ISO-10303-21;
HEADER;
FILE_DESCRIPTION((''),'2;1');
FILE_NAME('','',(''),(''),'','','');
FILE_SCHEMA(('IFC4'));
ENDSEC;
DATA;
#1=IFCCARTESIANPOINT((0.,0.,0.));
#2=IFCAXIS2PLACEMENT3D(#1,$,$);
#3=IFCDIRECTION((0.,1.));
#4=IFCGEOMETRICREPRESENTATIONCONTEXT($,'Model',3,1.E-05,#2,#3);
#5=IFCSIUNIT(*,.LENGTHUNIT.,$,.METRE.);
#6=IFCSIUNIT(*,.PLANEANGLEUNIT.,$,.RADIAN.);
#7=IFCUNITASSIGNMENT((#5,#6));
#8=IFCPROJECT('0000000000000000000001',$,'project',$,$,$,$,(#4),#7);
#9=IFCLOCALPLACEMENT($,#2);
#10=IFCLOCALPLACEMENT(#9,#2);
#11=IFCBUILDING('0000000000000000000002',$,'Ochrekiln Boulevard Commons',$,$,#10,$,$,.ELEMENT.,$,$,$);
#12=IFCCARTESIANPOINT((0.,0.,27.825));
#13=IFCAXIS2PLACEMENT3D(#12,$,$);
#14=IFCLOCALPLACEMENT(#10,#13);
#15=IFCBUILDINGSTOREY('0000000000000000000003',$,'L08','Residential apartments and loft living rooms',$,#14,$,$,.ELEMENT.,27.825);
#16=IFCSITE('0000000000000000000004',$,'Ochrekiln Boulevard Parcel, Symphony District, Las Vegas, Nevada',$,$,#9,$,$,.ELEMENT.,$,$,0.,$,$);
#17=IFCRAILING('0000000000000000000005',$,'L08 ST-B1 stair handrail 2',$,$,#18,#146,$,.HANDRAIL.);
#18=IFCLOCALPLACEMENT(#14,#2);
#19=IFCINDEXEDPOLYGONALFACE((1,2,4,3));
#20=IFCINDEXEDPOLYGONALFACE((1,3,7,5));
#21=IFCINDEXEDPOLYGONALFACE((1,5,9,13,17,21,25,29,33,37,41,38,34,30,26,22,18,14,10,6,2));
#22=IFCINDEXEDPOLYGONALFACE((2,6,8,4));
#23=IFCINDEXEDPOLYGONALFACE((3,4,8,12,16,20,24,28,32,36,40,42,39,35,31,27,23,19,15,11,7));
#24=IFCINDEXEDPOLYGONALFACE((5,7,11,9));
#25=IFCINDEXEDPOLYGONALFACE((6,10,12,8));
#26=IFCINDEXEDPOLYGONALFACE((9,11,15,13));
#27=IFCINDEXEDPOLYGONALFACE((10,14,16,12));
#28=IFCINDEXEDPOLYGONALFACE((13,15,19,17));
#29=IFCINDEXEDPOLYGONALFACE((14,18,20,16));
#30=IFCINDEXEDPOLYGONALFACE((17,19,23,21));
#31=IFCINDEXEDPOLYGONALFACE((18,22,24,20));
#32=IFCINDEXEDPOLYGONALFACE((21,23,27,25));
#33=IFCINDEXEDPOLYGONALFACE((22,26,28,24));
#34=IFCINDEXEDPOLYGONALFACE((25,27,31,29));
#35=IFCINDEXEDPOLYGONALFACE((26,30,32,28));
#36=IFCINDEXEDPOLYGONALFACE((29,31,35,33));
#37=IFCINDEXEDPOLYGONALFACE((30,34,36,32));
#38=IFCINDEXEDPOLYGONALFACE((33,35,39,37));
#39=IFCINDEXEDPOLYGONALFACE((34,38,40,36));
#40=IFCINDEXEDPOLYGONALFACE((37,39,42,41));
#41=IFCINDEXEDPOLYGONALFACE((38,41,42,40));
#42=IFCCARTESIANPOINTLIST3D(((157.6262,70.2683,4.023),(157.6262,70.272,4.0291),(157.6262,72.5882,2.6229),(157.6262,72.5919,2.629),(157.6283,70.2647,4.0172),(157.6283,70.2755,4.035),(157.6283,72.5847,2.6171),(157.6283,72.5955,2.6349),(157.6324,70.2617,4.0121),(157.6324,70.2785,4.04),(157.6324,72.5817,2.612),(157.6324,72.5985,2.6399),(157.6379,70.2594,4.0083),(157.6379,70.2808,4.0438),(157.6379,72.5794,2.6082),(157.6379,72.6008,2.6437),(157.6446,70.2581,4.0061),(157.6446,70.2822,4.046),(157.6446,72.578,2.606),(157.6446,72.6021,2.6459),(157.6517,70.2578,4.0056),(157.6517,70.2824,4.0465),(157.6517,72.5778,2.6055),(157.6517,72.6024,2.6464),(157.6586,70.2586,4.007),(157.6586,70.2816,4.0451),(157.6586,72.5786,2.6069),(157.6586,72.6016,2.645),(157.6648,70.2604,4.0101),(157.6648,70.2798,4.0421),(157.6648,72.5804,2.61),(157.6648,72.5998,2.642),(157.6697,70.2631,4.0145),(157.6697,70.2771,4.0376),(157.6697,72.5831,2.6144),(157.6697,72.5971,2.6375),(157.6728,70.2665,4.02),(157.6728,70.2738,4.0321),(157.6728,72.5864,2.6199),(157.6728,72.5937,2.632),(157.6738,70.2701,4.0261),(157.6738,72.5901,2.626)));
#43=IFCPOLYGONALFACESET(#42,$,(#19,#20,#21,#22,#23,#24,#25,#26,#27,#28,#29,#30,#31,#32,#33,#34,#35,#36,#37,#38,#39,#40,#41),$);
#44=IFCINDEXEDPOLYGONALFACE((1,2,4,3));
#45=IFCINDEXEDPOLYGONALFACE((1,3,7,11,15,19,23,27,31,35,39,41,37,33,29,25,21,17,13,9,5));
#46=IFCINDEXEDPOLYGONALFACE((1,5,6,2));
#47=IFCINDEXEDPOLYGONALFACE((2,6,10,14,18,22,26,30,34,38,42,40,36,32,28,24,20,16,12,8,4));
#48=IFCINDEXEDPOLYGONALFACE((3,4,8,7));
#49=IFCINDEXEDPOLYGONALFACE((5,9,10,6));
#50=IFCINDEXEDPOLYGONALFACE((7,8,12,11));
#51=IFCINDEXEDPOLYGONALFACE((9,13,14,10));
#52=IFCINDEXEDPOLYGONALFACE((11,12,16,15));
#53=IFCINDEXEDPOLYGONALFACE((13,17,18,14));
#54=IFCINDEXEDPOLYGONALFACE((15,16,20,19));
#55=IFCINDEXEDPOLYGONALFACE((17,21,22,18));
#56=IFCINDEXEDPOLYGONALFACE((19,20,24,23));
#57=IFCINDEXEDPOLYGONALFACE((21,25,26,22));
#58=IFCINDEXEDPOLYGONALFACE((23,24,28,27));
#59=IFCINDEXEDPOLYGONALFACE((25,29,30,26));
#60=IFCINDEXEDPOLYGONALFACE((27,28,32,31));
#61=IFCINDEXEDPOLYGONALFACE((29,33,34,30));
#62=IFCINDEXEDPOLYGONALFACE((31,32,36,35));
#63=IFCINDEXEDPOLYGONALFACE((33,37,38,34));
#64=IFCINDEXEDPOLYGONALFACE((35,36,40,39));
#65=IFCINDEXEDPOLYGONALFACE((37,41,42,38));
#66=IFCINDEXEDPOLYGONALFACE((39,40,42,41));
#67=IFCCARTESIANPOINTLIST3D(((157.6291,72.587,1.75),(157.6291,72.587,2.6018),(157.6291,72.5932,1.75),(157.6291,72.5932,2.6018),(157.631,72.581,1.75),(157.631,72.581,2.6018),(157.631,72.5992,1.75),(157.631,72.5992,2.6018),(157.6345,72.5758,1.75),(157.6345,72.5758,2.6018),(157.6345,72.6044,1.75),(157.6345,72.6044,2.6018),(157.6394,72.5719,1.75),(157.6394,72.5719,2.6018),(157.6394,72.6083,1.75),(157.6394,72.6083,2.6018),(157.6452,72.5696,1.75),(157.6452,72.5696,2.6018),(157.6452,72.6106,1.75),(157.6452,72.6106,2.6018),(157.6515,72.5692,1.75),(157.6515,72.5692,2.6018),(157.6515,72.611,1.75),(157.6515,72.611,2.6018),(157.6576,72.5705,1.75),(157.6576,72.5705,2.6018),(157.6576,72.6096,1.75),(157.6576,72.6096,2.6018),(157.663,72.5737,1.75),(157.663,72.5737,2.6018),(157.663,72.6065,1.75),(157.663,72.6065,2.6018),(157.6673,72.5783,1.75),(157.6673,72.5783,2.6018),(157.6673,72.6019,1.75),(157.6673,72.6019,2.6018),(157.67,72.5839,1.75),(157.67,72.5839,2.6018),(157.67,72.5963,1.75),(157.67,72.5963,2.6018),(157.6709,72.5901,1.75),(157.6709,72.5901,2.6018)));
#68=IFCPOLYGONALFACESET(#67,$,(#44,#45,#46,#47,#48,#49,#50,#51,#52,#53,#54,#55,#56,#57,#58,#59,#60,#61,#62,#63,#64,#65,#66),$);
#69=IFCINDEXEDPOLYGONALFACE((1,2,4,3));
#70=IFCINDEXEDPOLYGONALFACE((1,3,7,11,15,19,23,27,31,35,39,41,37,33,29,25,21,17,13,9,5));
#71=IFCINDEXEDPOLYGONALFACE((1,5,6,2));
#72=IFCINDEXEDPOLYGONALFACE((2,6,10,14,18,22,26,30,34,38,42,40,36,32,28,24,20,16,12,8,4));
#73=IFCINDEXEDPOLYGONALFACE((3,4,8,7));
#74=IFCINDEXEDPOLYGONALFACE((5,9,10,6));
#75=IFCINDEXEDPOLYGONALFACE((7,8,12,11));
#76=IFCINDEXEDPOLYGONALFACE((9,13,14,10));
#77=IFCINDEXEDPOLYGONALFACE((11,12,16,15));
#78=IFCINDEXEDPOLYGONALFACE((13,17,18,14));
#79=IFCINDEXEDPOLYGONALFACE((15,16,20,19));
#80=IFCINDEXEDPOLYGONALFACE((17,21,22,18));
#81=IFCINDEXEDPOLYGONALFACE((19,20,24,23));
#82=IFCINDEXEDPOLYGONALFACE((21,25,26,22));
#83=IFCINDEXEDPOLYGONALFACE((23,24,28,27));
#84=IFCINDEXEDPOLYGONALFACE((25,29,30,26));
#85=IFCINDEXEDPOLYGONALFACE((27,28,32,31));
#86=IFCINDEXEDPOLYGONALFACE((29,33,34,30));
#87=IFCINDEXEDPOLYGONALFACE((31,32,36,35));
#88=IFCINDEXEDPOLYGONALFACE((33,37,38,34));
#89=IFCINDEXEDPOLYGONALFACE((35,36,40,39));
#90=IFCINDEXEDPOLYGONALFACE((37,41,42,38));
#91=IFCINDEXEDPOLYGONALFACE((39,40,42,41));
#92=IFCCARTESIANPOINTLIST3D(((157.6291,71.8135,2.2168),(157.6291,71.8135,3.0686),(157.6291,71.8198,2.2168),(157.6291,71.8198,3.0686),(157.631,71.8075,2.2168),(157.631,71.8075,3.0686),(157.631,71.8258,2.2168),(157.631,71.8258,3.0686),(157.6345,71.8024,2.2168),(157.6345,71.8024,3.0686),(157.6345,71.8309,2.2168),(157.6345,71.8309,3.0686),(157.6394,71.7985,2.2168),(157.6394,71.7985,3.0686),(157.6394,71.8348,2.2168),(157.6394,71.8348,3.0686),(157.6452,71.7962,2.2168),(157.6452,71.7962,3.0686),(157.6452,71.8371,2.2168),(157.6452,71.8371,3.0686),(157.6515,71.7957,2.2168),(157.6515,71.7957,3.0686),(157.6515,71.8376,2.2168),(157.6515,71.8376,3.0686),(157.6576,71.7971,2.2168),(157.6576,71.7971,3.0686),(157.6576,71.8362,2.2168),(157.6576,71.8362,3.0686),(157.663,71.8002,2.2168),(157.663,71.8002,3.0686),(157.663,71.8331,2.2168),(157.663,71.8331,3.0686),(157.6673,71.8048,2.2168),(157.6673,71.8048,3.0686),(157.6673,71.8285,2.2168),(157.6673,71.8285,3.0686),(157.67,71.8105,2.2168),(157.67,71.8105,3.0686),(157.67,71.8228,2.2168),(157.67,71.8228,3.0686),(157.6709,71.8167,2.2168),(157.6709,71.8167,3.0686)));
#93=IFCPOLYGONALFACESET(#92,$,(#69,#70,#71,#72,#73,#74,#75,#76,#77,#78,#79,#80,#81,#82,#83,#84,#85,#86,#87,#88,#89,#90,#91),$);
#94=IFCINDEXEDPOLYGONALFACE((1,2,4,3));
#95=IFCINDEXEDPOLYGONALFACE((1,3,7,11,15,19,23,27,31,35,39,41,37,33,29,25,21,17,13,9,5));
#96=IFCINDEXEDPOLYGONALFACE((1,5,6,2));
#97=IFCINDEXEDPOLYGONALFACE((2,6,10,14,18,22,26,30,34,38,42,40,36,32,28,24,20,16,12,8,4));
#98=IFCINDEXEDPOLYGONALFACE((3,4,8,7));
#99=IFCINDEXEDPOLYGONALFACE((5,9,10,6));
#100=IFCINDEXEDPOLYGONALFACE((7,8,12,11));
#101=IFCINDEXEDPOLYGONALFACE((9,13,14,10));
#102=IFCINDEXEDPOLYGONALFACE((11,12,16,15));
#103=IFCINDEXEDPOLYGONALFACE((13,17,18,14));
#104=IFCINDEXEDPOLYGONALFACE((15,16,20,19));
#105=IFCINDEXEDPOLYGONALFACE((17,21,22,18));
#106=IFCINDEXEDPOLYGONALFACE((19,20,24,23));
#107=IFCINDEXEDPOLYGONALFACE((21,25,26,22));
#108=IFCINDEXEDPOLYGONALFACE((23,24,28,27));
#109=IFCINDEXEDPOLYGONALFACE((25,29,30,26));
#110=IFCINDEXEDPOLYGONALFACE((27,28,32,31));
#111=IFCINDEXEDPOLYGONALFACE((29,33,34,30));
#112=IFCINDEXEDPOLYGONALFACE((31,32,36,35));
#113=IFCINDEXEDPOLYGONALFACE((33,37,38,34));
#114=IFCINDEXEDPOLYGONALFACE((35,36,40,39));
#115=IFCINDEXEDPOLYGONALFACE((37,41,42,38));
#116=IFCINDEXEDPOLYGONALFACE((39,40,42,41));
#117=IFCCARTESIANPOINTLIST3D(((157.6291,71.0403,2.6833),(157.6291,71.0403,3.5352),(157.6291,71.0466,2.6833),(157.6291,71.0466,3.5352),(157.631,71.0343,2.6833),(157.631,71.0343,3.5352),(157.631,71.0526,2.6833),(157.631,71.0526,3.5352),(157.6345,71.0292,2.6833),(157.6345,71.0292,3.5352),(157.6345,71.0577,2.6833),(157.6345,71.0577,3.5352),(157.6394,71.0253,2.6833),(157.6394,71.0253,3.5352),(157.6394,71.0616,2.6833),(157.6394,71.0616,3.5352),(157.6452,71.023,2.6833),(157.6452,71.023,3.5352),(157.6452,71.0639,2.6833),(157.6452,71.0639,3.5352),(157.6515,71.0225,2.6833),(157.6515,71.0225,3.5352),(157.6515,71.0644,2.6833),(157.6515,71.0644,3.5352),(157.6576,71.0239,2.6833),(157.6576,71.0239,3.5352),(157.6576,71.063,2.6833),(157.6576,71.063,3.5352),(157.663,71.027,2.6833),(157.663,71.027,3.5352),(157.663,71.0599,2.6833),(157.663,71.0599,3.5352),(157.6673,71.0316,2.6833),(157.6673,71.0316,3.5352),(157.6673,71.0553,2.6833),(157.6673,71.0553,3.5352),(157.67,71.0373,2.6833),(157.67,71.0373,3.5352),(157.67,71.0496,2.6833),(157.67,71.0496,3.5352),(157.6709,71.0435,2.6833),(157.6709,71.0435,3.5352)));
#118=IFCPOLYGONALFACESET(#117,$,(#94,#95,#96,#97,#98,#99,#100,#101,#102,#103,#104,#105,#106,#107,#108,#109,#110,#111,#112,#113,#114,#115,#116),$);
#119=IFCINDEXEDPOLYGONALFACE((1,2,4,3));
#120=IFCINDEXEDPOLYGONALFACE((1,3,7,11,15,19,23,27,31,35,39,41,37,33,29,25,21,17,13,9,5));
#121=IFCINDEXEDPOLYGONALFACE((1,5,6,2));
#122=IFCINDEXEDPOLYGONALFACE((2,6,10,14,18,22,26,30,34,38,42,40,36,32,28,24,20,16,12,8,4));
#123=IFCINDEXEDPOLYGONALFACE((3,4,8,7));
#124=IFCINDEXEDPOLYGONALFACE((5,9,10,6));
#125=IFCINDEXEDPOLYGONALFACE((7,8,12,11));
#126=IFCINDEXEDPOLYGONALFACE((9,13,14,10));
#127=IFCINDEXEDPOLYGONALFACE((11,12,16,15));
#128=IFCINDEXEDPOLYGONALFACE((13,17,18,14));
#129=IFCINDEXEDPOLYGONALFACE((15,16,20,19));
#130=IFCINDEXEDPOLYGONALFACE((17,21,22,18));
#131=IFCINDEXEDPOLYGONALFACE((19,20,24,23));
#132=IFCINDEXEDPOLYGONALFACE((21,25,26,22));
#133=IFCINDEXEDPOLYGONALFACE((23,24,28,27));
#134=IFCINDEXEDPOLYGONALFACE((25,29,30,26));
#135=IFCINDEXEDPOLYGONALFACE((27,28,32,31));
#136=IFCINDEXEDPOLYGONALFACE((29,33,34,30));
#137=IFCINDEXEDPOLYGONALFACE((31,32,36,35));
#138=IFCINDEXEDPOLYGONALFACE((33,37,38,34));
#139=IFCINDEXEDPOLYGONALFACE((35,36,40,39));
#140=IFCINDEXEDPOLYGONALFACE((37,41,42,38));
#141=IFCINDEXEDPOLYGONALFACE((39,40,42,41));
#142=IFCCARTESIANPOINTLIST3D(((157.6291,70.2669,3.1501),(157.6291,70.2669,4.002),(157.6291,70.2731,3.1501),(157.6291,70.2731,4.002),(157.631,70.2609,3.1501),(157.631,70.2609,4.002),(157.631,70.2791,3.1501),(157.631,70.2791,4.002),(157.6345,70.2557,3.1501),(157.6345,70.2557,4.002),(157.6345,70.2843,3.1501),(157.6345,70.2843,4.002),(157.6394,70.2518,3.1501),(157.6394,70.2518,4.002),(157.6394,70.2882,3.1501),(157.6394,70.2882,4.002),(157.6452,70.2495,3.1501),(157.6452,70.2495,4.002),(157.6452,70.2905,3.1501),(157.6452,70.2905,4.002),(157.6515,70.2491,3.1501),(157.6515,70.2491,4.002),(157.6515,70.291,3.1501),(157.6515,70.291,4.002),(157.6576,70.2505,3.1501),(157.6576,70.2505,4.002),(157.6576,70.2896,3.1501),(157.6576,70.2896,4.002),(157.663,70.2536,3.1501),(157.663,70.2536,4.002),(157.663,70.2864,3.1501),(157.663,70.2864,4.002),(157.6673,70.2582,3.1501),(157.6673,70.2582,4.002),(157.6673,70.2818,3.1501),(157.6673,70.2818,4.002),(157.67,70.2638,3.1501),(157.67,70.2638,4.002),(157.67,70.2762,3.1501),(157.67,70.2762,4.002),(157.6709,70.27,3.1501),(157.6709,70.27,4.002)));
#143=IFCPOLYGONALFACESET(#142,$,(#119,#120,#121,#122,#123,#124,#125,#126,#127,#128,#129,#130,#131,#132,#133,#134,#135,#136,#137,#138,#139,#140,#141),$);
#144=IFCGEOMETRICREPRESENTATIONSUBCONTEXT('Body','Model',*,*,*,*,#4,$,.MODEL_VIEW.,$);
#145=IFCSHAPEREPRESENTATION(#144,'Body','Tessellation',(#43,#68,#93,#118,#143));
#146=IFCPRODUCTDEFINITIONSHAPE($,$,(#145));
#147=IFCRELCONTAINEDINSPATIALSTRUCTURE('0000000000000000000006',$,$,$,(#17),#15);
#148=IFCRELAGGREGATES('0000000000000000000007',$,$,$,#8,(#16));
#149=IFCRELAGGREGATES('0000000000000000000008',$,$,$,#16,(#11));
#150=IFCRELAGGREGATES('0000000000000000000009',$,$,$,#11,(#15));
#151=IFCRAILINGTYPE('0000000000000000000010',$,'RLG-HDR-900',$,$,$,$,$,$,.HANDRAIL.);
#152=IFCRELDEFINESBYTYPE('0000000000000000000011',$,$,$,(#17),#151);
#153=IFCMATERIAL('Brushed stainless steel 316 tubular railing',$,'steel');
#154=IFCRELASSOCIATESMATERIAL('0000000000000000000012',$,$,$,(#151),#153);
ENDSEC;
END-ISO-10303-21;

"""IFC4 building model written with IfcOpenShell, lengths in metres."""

from ifc_helpers import new_model, si_unit, direction, frame, origin, origin_2d, place, context, subcontext, project, spatial, circle, extrude, material, type_object, element, save


model = new_model("IFC4")

# Units and contexts
model_context = context("Model", 3, precision=1e-05, world=origin(), true_north=direction((0.0, 1.0)))
body_context = subcontext(model_context, "Body", "Model", "MODEL_VIEW")
ifc_project = project(units=[si_unit("LENGTHUNIT", "METRE"), si_unit("PLANEANGLEUNIT", "RADIAN")], contexts=[model_context])

# Site, building, storey
site_placement = place(None, origin())
site = spatial("IfcSite", under=ifc_project, at=site_placement, Name="Ochrekiln Boulevard Parcel, Symphony District, Las Vegas, Nevada", CompositionType="ELEMENT", RefElevation=0.0)
building_placement = place(site_placement, origin())
building = spatial("IfcBuilding", under=site, at=building_placement, Name="Ochrekiln Boulevard Commons", CompositionType="ELEMENT")
storey_placement = place(building_placement, frame((0.0, 0.0, 27.825)))
storey = spatial("IfcBuildingStorey", under=building, at=storey_placement, Name="L08", Description="Residential apartments and loft living rooms", CompositionType="ELEMENT", Elevation=27.825)

# Railing
ifc_material_1 = material(Name="Brushed stainless steel 316 tubular railing", Category="steel")
railing_type_1 = type_object("IfcRailingType", Name="RLG-HDR-900", PredefinedType="HANDRAIL", material=ifc_material_1)
railing_1_placement = place(storey_placement, frame((157.6499, 72.5901, 1.75)))
element("IfcRailing", 1, at=railing_1_placement, inside=storey, type_object=railing_type_1, Name="L08 ST-B1 stair handrail 2", PredefinedType="HANDRAIL", context=body_context, shape_type="SweptSolid", body=[
    extrude(circle(Radius=0.0239, at=origin_2d()), frame((0.0, 0.0, 0.876), z_axis=(0.0, -0.85617, 0.516693), x_axis=(1.0, 0.0, 0.0)), (0.0, 0.0, 1.0), 2.7097),
    extrude(circle(Radius=0.021, at=origin_2d()), origin(), (0.0, 0.0, 1.0), 0.8518),
    extrude(circle(Radius=0.021, at=origin_2d()), frame((0.0, -0.7734, 0.4668)), (0.0, 0.0, 1.0), 0.8518),
    extrude(circle(Radius=0.021, at=origin_2d()), frame((0.0, -1.5466, 0.9333)), (0.0, 0.0, 1.0), 0.8518),
    extrude(circle(Radius=0.021, at=origin_2d()), frame((0.0, -2.3201, 1.4001)), (0.0, 0.0, 1.0), 0.8518),
])

save(model, "model.ifc")
